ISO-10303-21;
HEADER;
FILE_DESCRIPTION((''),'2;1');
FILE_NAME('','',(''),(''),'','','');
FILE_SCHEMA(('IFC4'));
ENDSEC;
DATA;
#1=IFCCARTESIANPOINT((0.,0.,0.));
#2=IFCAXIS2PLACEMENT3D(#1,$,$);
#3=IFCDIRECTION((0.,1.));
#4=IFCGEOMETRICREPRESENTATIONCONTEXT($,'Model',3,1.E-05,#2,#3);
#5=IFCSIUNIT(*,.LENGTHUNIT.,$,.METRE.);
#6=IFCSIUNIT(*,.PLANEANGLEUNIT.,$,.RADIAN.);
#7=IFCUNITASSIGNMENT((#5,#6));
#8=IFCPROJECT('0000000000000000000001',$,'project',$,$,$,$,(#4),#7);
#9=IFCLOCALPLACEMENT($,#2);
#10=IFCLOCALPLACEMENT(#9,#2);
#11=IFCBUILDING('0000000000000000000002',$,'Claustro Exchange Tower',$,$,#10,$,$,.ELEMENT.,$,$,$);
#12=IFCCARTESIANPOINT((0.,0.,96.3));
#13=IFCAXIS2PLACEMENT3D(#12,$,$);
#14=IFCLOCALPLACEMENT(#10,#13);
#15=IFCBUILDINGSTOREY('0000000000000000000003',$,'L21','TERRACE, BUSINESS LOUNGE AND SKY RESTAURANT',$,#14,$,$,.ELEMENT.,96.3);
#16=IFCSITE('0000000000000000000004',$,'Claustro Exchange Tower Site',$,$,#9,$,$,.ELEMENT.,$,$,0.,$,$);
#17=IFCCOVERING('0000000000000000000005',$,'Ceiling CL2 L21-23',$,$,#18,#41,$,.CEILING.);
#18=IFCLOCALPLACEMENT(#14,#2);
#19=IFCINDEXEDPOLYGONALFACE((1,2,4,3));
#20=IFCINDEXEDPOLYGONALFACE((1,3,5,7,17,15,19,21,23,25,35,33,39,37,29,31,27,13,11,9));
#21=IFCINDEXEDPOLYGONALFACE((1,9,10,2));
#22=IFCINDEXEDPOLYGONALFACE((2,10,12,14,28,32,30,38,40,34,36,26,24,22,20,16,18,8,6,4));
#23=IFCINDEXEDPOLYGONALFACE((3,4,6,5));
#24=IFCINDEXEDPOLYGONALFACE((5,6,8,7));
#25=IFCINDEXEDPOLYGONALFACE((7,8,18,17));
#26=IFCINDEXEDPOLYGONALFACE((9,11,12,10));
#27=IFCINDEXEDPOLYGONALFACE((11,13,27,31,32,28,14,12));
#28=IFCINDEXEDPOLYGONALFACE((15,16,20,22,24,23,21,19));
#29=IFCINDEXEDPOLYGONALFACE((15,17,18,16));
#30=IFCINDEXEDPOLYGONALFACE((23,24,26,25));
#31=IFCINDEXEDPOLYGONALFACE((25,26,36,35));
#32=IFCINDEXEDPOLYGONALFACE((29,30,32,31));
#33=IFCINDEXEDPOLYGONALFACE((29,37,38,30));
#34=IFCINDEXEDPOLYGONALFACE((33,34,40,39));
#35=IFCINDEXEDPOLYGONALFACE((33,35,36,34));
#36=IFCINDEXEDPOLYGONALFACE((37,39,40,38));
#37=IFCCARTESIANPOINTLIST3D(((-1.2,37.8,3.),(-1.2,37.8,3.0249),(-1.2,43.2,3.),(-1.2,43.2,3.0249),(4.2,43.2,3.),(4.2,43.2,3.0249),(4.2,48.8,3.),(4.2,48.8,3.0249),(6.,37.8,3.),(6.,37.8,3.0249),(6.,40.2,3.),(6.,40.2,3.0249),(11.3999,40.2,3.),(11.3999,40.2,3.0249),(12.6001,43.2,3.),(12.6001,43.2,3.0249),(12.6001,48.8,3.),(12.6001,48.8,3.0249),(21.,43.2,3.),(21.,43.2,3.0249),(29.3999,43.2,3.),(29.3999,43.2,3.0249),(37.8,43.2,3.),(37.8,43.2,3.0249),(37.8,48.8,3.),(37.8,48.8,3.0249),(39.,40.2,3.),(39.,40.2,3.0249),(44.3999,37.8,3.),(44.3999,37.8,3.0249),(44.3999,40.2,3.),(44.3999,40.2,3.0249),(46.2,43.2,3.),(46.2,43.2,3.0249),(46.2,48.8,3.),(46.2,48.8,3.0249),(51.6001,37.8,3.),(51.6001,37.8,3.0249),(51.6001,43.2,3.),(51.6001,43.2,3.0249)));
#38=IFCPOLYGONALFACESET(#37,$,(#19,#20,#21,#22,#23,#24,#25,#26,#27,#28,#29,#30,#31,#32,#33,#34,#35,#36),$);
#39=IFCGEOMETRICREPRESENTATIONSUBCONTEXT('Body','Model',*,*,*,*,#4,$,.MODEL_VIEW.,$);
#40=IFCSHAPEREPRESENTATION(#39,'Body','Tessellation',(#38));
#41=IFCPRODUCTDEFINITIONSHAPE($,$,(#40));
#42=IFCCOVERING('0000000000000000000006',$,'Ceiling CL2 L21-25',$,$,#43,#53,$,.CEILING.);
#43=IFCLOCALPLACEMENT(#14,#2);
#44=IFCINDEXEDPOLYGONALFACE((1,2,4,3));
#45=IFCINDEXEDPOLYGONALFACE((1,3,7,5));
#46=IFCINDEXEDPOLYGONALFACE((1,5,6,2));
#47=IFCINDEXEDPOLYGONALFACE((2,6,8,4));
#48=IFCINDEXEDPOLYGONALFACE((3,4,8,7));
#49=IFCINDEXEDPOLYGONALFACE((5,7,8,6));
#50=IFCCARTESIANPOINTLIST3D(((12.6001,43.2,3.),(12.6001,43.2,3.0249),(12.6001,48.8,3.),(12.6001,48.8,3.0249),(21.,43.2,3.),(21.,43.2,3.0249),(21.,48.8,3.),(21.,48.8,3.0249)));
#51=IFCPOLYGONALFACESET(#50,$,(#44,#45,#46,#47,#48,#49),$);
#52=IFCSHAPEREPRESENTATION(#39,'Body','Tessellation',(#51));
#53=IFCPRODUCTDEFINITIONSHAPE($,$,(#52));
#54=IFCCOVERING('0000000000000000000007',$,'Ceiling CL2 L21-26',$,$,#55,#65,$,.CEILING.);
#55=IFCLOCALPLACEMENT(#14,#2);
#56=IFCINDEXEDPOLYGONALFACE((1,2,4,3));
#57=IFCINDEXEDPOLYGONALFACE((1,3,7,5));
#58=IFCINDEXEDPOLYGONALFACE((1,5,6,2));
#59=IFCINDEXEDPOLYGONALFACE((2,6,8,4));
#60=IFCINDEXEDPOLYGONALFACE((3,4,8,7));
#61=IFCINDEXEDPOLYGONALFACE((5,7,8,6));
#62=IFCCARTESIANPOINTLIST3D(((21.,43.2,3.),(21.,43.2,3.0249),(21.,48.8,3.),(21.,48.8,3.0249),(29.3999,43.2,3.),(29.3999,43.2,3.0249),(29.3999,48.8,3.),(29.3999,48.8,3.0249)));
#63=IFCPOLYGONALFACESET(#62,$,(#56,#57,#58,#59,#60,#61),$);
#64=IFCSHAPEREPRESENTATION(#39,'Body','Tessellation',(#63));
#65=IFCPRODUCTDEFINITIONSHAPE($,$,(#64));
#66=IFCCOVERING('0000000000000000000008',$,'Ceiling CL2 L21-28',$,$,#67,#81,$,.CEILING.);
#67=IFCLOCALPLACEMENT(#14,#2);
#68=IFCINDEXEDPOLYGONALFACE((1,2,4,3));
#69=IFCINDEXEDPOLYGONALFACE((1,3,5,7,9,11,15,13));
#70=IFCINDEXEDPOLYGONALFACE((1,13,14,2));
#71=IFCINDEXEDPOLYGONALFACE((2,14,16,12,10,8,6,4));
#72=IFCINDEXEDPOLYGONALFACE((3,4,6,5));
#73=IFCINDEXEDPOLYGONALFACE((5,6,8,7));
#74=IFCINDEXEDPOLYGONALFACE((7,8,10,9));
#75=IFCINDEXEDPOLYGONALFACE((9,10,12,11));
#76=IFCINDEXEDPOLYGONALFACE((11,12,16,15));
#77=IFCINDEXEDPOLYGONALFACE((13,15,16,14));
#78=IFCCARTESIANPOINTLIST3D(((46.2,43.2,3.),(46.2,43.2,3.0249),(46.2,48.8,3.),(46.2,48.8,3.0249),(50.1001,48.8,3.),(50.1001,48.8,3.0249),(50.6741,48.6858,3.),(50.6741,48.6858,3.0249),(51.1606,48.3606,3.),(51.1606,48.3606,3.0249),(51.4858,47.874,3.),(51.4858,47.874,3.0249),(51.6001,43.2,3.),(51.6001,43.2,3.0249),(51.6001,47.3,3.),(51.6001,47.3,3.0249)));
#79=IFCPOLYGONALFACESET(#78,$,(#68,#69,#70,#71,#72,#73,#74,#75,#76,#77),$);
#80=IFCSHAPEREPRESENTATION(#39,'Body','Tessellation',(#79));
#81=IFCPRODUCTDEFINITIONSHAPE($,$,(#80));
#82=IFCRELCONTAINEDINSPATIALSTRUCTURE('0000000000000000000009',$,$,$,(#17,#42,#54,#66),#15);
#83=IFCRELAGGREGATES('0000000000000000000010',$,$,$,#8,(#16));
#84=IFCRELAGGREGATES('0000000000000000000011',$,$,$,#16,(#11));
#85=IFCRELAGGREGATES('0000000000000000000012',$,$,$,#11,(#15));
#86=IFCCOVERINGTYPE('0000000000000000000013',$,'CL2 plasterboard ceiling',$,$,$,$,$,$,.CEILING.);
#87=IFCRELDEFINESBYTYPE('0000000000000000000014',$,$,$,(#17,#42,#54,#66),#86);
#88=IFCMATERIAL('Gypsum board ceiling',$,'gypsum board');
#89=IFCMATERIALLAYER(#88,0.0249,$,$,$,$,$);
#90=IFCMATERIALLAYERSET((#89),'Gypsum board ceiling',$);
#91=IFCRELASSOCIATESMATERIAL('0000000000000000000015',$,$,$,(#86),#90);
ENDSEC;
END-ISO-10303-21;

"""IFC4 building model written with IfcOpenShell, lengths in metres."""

from ifc_helpers import new_model, si_unit, direction, frame, origin, place, context, subcontext, project, spatial, polyline, outline, extrude, material, layer, layer_set, type_object, element, save


model = new_model("IFC4")

# Units and contexts
model_context = context("Model", 3, precision=1e-05, world=origin(), true_north=direction((0.0, 1.0)))
body_context = subcontext(model_context, "Body", "Model", "MODEL_VIEW")
ifc_project = project(units=[si_unit("LENGTHUNIT", "METRE"), si_unit("PLANEANGLEUNIT", "RADIAN")], contexts=[model_context])

# Site, building, storey
site_placement = place(None, origin())
site = spatial("IfcSite", under=ifc_project, at=site_placement, Name="Claustro Exchange Tower Site", CompositionType="ELEMENT", RefElevation=0.0)
building_placement = place(site_placement, origin())
building = spatial("IfcBuilding", under=site, at=building_placement, Name="Claustro Exchange Tower", CompositionType="ELEMENT")
storey_placement = place(building_placement, frame((0.0, 0.0, 96.3)))
storey = spatial("IfcBuildingStorey", under=building, at=storey_placement, Name="L21", Description="TERRACE, BUSINESS LOUNGE AND SKY RESTAURANT", CompositionType="ELEMENT", Elevation=96.3)

# Coverings
ifc_material_1 = material(Name="Gypsum board ceiling", Category="gypsum board")
ifc_layer_1 = layer(ifc_material_1, 0.0249)
ifc_layer_set_1 = layer_set([ifc_layer_1], Name="Gypsum board ceiling")
covering_type_1 = type_object("IfcCoveringType", Name="CL2 plasterboard ceiling", PredefinedType="CEILING", material=ifc_layer_set_1)
covering_1_placement = place(storey_placement, frame((0.0, 0.0, 3.0)))
element("IfcCovering", 1, at=covering_1_placement, inside=storey, type_object=covering_type_1, Name="Ceiling CL2 L21-23", PredefinedType="CEILING", context=body_context, shape_type="SweptSolid", body=[
    extrude(outline(polyline([(-1.2, 43.2), (-1.2, 37.8), (6.0, 37.8), (6.0, 40.2), (11.3999, 40.2), (39.0, 40.2), (44.3999, 40.2), (44.3999, 37.8), (51.6001, 37.8), (51.6001, 43.2), (46.2, 43.2), (46.2, 48.8), (37.8, 48.8), (37.8, 43.2), (29.3999, 43.2), (21.0, 43.2), (12.6001, 43.2), (12.6001, 48.8), (4.2, 48.8), (4.2, 43.2), (-1.2, 43.2)])), origin(), (0.0, 0.0, 1.0), 0.0249),
])
covering_2_placement = place(storey_placement, frame((0.0, 0.0, 3.0)))
element("IfcCovering", 2, at=covering_2_placement, inside=storey, type_object=covering_type_1, Name="Ceiling CL2 L21-25", PredefinedType="CEILING", context=body_context, shape_type="SweptSolid", body=[
    extrude(outline(polyline([(21.0, 48.8), (12.6001, 48.8), (12.6001, 43.2), (21.0, 43.2), (21.0, 48.8)])), origin(), (0.0, 0.0, 1.0), 0.0249),
])
covering_3_placement = place(storey_placement, frame((0.0, 0.0, 3.0)))
element("IfcCovering", 3, at=covering_3_placement, inside=storey, type_object=covering_type_1, Name="Ceiling CL2 L21-26", PredefinedType="CEILING", context=body_context, shape_type="SweptSolid", body=[
    extrude(outline(polyline([(29.3999, 48.8), (21.0, 48.8), (21.0, 43.2), (29.3999, 43.2), (29.3999, 48.8)])), origin(), (0.0, 0.0, 1.0), 0.0249),
])
covering_4_placement = place(storey_placement, frame((0.0, 0.0, 3.0)))
element("IfcCovering", 4, at=covering_4_placement, inside=storey, type_object=covering_type_1, Name="Ceiling CL2 L21-28", PredefinedType="CEILING", context=body_context, shape_type="SweptSolid", body=[
    extrude(outline(polyline([(50.1001, 48.8), (46.2, 48.8), (46.2, 43.2), (51.6001, 43.2), (51.6001, 47.3), (51.4858, 47.874), (51.1606, 48.3606), (50.6741, 48.6858), (50.1001, 48.8)])), origin(), (0.0, 0.0, 1.0), 0.0249),
])

save(model, "model.ifc")
